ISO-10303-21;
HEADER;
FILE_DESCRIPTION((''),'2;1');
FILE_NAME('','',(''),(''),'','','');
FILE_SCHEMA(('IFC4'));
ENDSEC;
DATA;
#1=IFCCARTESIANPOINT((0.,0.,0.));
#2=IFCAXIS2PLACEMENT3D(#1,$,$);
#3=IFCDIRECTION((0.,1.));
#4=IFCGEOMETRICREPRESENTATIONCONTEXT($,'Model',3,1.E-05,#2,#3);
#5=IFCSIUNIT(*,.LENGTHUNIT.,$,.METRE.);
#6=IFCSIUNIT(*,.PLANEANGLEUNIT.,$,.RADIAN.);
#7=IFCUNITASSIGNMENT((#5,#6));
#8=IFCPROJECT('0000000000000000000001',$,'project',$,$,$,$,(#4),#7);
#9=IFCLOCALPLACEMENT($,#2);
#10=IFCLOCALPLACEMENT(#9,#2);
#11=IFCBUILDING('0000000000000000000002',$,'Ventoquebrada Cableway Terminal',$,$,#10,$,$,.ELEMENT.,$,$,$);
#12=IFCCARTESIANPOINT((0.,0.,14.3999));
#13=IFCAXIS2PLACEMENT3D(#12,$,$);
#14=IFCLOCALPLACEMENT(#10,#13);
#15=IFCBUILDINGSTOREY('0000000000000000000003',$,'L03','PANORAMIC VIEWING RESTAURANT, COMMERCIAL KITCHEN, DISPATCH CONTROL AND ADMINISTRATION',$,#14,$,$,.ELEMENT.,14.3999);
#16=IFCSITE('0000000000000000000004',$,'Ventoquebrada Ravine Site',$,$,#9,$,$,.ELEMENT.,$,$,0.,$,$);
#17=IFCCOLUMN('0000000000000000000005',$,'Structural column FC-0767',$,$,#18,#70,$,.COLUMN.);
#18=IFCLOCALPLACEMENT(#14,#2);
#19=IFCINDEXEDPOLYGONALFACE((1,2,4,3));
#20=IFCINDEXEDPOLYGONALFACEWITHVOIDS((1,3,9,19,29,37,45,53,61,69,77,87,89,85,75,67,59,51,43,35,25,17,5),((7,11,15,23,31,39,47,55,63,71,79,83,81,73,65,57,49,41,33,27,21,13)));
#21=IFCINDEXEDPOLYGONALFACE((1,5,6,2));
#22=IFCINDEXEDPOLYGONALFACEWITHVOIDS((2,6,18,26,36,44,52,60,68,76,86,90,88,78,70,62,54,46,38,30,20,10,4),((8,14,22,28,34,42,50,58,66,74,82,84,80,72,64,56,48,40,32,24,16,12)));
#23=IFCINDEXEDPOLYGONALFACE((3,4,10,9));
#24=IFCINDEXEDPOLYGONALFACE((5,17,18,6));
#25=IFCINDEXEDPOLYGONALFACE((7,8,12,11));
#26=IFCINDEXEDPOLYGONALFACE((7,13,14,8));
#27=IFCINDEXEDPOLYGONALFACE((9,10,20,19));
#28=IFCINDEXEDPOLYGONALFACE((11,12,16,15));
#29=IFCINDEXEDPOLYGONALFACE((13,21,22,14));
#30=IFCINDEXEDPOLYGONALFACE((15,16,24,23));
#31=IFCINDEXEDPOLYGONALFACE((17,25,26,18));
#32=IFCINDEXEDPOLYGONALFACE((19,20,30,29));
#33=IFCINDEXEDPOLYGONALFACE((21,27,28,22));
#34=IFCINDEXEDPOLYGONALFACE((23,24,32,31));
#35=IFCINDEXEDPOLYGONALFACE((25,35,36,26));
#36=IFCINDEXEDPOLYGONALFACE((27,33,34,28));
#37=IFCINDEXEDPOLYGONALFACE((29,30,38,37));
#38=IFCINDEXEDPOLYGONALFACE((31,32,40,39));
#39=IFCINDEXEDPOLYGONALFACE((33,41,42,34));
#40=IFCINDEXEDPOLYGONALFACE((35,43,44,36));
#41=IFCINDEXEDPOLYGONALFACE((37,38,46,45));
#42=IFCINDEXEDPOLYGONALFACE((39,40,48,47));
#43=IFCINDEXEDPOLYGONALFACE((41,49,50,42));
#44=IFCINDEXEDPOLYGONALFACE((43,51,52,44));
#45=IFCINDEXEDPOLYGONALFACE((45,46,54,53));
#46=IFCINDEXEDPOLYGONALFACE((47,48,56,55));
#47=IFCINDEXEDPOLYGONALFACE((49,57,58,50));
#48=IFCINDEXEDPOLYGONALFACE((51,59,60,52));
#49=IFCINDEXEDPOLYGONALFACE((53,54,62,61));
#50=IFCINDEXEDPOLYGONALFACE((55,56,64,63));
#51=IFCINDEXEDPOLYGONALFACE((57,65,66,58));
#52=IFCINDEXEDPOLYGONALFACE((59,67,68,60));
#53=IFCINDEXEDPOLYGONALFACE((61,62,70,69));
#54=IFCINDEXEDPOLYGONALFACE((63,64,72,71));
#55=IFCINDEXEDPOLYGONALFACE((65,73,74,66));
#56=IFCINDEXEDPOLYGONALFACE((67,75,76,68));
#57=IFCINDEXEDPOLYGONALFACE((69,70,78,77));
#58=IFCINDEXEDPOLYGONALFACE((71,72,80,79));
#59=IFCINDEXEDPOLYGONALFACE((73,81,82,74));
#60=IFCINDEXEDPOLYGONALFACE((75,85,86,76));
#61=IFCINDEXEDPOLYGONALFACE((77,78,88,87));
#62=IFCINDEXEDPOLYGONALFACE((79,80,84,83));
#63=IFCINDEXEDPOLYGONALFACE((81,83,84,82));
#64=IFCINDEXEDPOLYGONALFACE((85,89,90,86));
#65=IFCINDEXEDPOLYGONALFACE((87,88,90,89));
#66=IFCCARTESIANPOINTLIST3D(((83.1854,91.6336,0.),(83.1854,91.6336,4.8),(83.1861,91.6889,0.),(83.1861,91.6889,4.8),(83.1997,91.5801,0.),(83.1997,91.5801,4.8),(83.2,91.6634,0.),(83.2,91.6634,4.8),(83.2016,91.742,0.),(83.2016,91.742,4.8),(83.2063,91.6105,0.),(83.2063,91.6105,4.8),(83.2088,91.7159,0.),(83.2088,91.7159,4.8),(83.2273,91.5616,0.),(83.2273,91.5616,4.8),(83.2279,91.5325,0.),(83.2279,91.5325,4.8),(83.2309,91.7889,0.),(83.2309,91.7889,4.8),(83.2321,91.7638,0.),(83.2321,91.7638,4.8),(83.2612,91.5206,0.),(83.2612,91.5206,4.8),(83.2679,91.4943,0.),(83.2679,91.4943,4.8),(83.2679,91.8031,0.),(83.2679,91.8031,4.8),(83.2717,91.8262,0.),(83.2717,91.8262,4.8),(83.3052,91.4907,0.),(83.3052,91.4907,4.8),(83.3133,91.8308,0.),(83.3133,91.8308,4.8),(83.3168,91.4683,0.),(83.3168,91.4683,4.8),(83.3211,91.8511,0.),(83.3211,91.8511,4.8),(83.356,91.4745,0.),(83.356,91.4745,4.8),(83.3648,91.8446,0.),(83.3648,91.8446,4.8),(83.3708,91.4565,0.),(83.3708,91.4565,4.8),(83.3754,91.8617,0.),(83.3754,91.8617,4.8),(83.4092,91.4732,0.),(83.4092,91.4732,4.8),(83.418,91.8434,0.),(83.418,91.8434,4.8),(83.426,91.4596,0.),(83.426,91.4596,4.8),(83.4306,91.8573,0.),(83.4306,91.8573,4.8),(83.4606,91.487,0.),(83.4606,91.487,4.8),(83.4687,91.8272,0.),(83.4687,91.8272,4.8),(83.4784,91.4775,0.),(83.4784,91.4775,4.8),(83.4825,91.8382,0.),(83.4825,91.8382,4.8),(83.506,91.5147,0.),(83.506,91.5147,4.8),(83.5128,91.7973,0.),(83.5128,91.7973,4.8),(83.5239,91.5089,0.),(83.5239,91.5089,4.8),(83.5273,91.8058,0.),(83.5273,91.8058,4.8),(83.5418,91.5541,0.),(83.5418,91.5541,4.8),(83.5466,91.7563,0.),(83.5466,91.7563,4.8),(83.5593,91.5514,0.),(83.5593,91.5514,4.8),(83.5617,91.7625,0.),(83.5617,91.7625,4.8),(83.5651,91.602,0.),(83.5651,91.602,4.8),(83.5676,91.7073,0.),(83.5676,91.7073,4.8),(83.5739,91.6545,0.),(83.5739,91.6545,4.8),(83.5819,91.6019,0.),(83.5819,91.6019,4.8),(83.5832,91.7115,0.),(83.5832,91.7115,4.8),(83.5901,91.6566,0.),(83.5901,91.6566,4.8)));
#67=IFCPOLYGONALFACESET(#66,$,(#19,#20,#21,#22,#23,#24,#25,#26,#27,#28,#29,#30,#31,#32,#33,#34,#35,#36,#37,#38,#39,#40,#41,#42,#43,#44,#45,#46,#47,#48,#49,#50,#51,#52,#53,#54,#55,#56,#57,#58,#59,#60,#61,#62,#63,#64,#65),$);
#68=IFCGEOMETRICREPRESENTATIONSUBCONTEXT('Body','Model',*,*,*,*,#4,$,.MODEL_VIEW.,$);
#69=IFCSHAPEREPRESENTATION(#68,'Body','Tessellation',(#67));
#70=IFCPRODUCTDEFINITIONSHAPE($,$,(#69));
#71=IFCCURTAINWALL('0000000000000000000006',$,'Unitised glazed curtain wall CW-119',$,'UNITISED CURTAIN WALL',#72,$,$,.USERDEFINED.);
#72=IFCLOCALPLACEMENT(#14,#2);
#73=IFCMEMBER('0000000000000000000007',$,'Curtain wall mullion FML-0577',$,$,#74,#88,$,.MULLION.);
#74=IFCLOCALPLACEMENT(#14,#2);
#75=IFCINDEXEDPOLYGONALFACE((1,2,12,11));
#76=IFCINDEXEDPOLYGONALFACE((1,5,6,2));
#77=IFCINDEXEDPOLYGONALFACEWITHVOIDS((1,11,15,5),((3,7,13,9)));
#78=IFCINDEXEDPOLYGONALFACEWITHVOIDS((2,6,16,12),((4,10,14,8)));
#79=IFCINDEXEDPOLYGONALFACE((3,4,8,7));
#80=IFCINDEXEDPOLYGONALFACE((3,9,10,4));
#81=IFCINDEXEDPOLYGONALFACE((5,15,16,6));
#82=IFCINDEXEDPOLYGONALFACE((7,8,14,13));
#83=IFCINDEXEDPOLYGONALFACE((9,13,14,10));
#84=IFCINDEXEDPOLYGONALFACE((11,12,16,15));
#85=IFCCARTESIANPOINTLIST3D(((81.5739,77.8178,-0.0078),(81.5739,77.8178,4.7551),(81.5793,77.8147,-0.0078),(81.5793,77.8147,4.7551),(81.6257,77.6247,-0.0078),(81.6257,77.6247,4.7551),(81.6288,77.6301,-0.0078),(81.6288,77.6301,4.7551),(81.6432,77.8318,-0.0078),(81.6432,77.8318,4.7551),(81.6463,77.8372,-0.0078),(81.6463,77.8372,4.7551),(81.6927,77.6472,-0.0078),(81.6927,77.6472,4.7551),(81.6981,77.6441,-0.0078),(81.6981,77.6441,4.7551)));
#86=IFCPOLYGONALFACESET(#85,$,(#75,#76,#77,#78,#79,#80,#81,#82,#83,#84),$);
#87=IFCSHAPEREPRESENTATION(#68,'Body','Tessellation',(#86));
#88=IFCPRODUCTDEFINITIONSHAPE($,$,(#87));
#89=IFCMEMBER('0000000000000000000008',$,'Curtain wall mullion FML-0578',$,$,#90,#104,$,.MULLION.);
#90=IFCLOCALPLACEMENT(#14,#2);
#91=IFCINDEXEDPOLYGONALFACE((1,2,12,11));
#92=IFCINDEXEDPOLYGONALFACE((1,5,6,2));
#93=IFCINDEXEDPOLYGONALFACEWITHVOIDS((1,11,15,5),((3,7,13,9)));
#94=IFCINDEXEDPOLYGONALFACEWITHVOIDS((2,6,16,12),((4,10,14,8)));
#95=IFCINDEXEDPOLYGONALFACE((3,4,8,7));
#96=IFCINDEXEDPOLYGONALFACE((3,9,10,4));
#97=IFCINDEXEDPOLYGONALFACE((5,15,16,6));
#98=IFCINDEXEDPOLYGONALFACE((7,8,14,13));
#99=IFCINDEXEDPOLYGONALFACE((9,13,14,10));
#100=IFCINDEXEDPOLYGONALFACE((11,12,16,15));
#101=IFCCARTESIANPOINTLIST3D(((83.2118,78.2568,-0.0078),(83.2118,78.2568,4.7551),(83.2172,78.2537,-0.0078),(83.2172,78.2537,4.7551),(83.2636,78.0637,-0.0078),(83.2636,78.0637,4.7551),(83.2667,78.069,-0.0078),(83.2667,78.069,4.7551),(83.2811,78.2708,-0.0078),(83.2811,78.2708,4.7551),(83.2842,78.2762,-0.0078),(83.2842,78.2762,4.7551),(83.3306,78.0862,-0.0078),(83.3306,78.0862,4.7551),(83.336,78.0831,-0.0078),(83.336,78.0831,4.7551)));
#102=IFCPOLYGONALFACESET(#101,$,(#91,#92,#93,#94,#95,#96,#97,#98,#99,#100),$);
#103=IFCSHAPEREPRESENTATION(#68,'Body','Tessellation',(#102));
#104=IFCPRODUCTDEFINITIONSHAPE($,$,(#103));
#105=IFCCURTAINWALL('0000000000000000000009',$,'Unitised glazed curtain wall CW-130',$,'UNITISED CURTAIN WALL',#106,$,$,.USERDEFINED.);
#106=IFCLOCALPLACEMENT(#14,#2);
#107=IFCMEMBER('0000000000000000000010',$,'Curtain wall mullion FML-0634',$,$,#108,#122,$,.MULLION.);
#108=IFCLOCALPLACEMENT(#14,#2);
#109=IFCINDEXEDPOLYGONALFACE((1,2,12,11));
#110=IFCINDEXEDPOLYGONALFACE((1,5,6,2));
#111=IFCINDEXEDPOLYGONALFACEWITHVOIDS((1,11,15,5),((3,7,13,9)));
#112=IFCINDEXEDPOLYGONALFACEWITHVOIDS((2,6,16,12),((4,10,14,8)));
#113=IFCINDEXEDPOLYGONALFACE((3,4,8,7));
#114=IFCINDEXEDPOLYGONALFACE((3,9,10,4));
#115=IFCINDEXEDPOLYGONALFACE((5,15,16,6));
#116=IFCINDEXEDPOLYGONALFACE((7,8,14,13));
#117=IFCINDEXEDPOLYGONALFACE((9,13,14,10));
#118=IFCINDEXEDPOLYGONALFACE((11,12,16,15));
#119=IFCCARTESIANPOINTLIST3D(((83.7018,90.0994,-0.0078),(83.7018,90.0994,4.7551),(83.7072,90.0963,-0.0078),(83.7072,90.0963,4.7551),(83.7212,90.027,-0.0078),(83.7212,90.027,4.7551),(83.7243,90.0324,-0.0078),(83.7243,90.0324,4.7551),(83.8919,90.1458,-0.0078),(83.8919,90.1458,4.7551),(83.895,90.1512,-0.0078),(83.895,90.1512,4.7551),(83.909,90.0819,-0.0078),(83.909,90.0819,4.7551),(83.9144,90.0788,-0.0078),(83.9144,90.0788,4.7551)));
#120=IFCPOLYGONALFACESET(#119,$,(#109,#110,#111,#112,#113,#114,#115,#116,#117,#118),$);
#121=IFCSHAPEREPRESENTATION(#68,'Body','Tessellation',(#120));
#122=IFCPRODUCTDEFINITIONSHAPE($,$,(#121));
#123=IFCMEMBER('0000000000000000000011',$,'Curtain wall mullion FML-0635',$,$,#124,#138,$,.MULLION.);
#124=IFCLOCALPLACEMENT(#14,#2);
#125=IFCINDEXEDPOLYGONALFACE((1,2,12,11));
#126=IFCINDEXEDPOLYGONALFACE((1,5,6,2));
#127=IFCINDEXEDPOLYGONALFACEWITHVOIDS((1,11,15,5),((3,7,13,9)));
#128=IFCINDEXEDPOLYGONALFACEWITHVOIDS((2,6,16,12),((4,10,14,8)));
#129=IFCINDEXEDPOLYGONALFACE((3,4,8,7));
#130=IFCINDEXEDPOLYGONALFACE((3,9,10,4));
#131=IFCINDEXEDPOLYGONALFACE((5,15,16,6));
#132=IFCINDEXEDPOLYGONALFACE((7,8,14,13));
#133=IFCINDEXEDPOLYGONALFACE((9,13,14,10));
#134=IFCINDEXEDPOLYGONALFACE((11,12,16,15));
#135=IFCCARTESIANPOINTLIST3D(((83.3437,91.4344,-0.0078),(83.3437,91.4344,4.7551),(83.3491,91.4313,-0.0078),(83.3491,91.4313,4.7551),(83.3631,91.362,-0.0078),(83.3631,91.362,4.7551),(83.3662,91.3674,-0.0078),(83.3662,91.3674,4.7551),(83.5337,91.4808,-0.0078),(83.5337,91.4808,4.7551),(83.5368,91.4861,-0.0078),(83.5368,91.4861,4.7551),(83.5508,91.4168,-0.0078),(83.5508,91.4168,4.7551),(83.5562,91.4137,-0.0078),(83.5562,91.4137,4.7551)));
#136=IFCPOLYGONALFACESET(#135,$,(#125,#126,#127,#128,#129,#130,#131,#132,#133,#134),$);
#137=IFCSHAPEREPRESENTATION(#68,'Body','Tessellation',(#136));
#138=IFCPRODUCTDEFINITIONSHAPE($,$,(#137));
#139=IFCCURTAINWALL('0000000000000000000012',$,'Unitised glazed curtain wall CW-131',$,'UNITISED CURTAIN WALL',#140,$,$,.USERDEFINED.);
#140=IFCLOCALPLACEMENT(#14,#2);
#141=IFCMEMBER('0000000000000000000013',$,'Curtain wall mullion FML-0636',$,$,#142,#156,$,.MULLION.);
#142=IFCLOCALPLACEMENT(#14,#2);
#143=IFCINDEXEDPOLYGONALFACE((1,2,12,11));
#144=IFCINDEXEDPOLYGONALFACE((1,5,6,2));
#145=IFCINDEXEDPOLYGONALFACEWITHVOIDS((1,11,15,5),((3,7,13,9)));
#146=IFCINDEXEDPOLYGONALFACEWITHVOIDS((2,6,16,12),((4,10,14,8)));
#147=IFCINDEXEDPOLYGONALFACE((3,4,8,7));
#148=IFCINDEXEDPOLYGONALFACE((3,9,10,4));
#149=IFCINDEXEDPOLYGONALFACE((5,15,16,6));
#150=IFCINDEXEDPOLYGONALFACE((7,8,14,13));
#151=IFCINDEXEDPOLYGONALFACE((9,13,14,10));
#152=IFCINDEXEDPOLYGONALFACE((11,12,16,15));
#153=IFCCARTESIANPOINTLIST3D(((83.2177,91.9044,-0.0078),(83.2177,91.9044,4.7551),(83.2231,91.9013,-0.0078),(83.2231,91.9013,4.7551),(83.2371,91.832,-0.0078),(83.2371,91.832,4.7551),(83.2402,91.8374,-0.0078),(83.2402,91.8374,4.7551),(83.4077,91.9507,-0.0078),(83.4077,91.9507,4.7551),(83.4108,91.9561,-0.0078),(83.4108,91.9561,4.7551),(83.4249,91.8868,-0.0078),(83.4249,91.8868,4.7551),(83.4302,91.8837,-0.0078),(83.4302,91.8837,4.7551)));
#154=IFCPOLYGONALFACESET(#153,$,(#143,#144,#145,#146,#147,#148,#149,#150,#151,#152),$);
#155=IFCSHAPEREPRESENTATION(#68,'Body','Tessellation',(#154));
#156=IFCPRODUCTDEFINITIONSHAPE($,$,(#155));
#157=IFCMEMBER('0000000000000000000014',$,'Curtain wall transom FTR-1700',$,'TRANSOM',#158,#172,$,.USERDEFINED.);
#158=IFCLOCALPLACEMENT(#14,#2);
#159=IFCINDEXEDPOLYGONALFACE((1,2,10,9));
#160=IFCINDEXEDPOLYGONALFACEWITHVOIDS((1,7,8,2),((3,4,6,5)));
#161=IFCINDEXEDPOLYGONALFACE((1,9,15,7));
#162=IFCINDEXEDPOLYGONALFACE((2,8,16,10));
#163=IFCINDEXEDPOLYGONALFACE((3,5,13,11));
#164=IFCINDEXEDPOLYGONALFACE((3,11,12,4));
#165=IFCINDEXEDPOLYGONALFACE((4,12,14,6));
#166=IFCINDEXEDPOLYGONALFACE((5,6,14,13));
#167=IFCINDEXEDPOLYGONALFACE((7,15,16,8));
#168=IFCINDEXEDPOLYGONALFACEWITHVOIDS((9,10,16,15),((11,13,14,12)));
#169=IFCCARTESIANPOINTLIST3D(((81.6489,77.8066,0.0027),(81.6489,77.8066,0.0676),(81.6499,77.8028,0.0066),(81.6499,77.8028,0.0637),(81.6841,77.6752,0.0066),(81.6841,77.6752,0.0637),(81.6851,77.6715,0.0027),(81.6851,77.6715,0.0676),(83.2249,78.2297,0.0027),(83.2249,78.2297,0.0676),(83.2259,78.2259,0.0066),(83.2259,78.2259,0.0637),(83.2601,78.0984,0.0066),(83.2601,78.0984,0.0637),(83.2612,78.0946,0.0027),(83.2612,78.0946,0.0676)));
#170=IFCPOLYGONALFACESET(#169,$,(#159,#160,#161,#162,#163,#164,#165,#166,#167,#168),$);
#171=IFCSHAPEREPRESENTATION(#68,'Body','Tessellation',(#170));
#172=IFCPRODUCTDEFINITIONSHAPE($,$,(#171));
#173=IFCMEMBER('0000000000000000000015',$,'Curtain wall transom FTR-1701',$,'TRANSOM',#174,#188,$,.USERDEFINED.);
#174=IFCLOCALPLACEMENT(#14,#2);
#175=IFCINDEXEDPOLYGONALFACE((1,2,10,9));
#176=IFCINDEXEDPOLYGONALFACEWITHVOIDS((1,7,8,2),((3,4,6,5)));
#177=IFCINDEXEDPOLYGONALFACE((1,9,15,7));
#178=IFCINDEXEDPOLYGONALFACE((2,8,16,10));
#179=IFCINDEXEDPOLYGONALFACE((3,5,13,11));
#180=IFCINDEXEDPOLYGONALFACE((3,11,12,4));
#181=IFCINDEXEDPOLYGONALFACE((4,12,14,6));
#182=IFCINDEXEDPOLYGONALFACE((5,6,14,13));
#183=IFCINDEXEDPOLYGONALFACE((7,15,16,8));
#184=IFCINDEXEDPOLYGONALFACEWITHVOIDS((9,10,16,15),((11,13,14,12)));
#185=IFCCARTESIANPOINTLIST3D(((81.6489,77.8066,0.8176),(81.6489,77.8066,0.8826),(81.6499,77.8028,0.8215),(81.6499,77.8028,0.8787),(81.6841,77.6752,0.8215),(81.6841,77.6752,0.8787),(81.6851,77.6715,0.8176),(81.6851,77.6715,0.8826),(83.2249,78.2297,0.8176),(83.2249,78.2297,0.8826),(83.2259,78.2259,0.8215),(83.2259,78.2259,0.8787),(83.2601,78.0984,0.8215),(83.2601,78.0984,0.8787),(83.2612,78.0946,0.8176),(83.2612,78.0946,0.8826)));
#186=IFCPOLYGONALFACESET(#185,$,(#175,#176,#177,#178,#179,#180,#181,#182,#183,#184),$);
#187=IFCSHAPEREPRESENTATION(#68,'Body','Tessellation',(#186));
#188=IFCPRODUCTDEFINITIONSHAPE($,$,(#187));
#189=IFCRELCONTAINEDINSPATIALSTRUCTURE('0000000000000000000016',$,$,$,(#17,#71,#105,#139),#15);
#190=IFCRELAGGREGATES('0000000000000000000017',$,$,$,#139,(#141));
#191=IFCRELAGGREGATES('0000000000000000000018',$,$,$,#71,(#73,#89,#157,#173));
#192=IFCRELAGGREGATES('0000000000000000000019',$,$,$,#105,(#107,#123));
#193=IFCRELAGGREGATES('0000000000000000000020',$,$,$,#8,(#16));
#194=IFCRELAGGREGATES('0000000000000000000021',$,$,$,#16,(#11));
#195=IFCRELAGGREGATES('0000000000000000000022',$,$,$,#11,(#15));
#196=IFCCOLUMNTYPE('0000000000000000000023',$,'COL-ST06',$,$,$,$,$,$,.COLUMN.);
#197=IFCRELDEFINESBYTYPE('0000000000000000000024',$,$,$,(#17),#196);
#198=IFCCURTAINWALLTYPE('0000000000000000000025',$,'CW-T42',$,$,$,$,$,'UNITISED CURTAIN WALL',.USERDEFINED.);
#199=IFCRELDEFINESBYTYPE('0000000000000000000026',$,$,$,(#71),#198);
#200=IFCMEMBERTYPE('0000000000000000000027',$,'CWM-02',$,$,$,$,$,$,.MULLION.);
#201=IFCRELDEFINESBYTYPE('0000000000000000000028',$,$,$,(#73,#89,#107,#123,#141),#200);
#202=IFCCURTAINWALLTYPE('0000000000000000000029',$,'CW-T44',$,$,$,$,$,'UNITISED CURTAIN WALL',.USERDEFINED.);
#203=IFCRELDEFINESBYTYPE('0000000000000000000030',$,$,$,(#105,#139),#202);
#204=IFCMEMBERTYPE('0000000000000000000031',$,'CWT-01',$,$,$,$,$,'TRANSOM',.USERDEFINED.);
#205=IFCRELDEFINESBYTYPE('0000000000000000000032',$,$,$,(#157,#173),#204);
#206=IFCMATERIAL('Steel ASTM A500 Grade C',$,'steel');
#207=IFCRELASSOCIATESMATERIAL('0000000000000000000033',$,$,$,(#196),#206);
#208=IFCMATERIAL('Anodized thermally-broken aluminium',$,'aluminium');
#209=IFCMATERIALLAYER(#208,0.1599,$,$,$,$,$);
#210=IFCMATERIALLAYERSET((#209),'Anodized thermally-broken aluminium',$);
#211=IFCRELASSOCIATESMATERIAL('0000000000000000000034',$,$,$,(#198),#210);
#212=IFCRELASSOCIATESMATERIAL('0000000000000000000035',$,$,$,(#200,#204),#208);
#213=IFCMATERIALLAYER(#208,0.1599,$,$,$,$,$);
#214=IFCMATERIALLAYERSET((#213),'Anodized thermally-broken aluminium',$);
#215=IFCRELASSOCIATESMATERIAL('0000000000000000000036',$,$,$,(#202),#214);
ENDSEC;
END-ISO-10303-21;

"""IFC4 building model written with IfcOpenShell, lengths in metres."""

from ifc_helpers import new_model, si_unit, direction, frame, origin, origin_2d, place, context, subcontext, project, spatial, hollow_rectangle, hollow_circle, extrude, material, layer, layer_set, material_profile, profile_set, type_object, element, aggregate, save


model = new_model("IFC4")

# Units and contexts
model_context = context("Model", 3, precision=1e-05, world=origin(), true_north=direction((0.0, 1.0)))
body_context = subcontext(model_context, "Body", "Model", "MODEL_VIEW")
ifc_project = project(units=[si_unit("LENGTHUNIT", "METRE"), si_unit("PLANEANGLEUNIT", "RADIAN")], contexts=[model_context])

# Site, building, storey
site_placement = place(None, origin())
site = spatial("IfcSite", under=ifc_project, at=site_placement, Name="Ventoquebrada Ravine Site", CompositionType="ELEMENT", RefElevation=0.0)
building_placement = place(site_placement, origin())
building = spatial("IfcBuilding", under=site, at=building_placement, Name="Ventoquebrada Cableway Terminal", CompositionType="ELEMENT")
storey_placement = place(building_placement, frame((0.0, 0.0, 14.3999)))
storey = spatial("IfcBuildingStorey", under=building, at=storey_placement, Name="L03", Description="PANORAMIC VIEWING RESTAURANT, COMMERCIAL KITCHEN, DISPATCH CONTROL AND ADMINISTRATION", CompositionType="ELEMENT", Elevation=14.3999)

# Column
ifc_material_1 = material(Name="Steel ASTM A500 Grade C", Category="steel")
ifc_material_profile_1 = material_profile(ifc_material_1, hollow_circle(Radius=0.2031, WallThickness=0.0161, at=origin_2d()), Name="CHS406.4X16")
ifc_profile_set_1 = profile_set([ifc_material_profile_1], Name="Steel ASTM A500 Grade C")
column_type = type_object("IfcColumnType", Name="COL-ST06", PredefinedType="COLUMN", material=ifc_profile_set_1)
column_placement = place(storey_placement, frame((83.387, 91.6589, 0.0), z_axis=(0.0, 0.0, 1.0), x_axis=(0.965926, 0.258819, 0.0)))
element("IfcColumn", 1, at=column_placement, inside=storey, type_object=column_type, Name="Structural column FC-0767", PredefinedType="COLUMN", context=body_context, shape_type="SweptSolid", body=[
    extrude(hollow_circle(Radius=0.2031, WallThickness=0.0161, at=origin_2d()), origin(), (0.0, 0.0, 1.0), 4.8),
])

# Curtain walls, members
ifc_material_2 = material(Name="Anodized thermally-broken aluminium", Category="aluminium")
ifc_layer_1 = layer(ifc_material_2, 0.1599)
ifc_layer_set_1 = layer_set([ifc_layer_1], Name="Anodized thermally-broken aluminium")
curtain_wall_type_1 = type_object("IfcCurtainWallType", Name="CW-T42", ElementType="UNITISED CURTAIN WALL", PredefinedType="USERDEFINED", material=ifc_layer_set_1)
curtain_wall_1_placement = place(storey_placement, origin())
curtain_wall_1 = element("IfcCurtainWall", 2, at=curtain_wall_1_placement, inside=storey, type_object=curtain_wall_type_1, Name="Unitised glazed curtain wall CW-119", ObjectType="UNITISED CURTAIN WALL", PredefinedType="USERDEFINED")
ifc_material_profile_2 = material_profile(ifc_material_2, hollow_rectangle(XDim=0.075, YDim=0.2, WallThickness=0.0044, at=origin_2d()), Name="CW-MUL-75X200")
ifc_profile_set_2 = profile_set([ifc_material_profile_2], Name="Anodized thermally-broken aluminium")
member_type_1 = type_object("IfcMemberType", Name="CWM-02", PredefinedType="MULLION", material=ifc_profile_set_2)
member_1_placement = place(storey_placement, frame((81.636, 77.731, -0.0078), z_axis=(0.0, 0.0, 1.0), x_axis=(0.965912, 0.25887, 0.0)))
member_1 = element("IfcMember", 3, at=member_1_placement, type_object=member_type_1, Name="Curtain wall mullion FML-0577", PredefinedType="MULLION", context=body_context, shape_type="SweptSolid", body=[
    extrude(hollow_rectangle(XDim=0.075, YDim=0.2, WallThickness=0.0044, at=origin_2d()), origin(), (0.0, 0.0, 1.0), 4.7629),
])
member_2_placement = place(storey_placement, frame((83.2739, 78.1699, -0.0078), z_axis=(0.0, 0.0, 1.0), x_axis=(0.965912, 0.25887, 0.0)))
member_2 = element("IfcMember", 4, at=member_2_placement, type_object=member_type_1, Name="Curtain wall mullion FML-0578", PredefinedType="MULLION", context=body_context, shape_type="SweptSolid", body=[
    extrude(hollow_rectangle(XDim=0.075, YDim=0.2, WallThickness=0.0044, at=origin_2d()), origin(), (0.0, 0.0, 1.0), 4.7629),
])
ifc_layer_2 = layer(ifc_material_2, 0.1599)
ifc_layer_set_2 = layer_set([ifc_layer_2], Name="Anodized thermally-broken aluminium")
curtain_wall_type_2 = type_object("IfcCurtainWallType", Name="CW-T44", ElementType="UNITISED CURTAIN WALL", PredefinedType="USERDEFINED", material=ifc_layer_set_2)
curtain_wall_2_placement = place(storey_placement, origin())
curtain_wall_2 = element("IfcCurtainWall", 5, at=curtain_wall_2_placement, inside=storey, type_object=curtain_wall_type_2, Name="Unitised glazed curtain wall CW-130", ObjectType="UNITISED CURTAIN WALL", PredefinedType="USERDEFINED")
member_3_placement = place(storey_placement, frame((83.8081, 90.0891, -0.0078), z_axis=(0.0, 0.0, 1.0), x_axis=(-0.258735, 0.965948, 0.0)))
member_3 = element("IfcMember", 6, at=member_3_placement, type_object=member_type_1, Name="Curtain wall mullion FML-0634", PredefinedType="MULLION", context=body_context, shape_type="SweptSolid", body=[
    extrude(hollow_rectangle(XDim=0.075, YDim=0.2, WallThickness=0.0044, at=origin_2d()), origin(), (0.0, 0.0, 1.0), 4.7629),
])
member_4_placement = place(storey_placement, frame((83.45, 91.4241, -0.0078), z_axis=(0.0, 0.0, 1.0), x_axis=(-0.258735, 0.965948, 0.0)))
member_4 = element("IfcMember", 7, at=member_4_placement, type_object=member_type_1, Name="Curtain wall mullion FML-0635", PredefinedType="MULLION", context=body_context, shape_type="SweptSolid", body=[
    extrude(hollow_rectangle(XDim=0.075, YDim=0.2, WallThickness=0.0044, at=origin_2d()), origin(), (0.0, 0.0, 1.0), 4.7629),
])

# Curtain wall, member
curtain_wall_3_placement = place(storey_placement, origin())
curtain_wall_3 = element("IfcCurtainWall", 8, at=curtain_wall_3_placement, inside=storey, type_object=curtain_wall_type_2, Name="Unitised glazed curtain wall CW-131", ObjectType="UNITISED CURTAIN WALL", PredefinedType="USERDEFINED")
member_5_placement = place(storey_placement, frame((83.324, 91.894, -0.0078), z_axis=(0.0, 0.0, 1.0), x_axis=(-0.258785, 0.965935, 0.0)))
member_5 = element("IfcMember", 9, at=member_5_placement, type_object=member_type_1, Name="Curtain wall mullion FML-0636", PredefinedType="MULLION", context=body_context, shape_type="SweptSolid", body=[
    extrude(hollow_rectangle(XDim=0.075, YDim=0.2, WallThickness=0.0044, at=origin_2d()), origin(), (0.0, 0.0, 1.0), 4.7629),
])

# Members
ifc_material_profile_3 = material_profile(ifc_material_2, hollow_rectangle(XDim=0.0649, YDim=0.1399, WallThickness=0.0039, at=origin_2d()), Name="CW-TRN-65X140")
ifc_profile_set_3 = profile_set([ifc_material_profile_3], Name="Anodized thermally-broken aluminium")
member_type_2 = type_object("IfcMemberType", Name="CWT-01", ElementType="TRANSOM", PredefinedType="USERDEFINED", material=ifc_profile_set_3)
member_6_placement = place(storey_placement, frame((81.667, 77.739, 0.0352), z_axis=(0.965799, 0.259292, 0.0), x_axis=(0.0, 0.0, 1.0)))
member_6 = element("IfcMember", 10, at=member_6_placement, type_object=member_type_2, Name="Curtain wall transom FTR-1700", ObjectType="TRANSOM", PredefinedType="USERDEFINED", context=body_context, shape_type="SweptSolid", body=[
    extrude(hollow_rectangle(XDim=0.0649, YDim=0.1399, WallThickness=0.0039, at=origin_2d()), origin(), (0.0, 0.0, 1.0), 1.6318),
])
member_7_placement = place(storey_placement, frame((81.667, 77.739, 0.8501), z_axis=(0.965799, 0.259292, 0.0), x_axis=(0.0, 0.0, 1.0)))
member_7 = element("IfcMember", 11, at=member_7_placement, type_object=member_type_2, Name="Curtain wall transom FTR-1701", ObjectType="TRANSOM", PredefinedType="USERDEFINED", context=body_context, shape_type="SweptSolid", body=[
    extrude(hollow_rectangle(XDim=0.0649, YDim=0.1399, WallThickness=0.0039, at=origin_2d()), origin(), (0.0, 0.0, 1.0), 1.6318),
])
aggregate(curtain_wall_3, [member_5])

aggregate(curtain_wall_1, [member_1, member_2, member_6, member_7])
aggregate(curtain_wall_2, [member_3, member_4])

save(model, "model.ifc")
